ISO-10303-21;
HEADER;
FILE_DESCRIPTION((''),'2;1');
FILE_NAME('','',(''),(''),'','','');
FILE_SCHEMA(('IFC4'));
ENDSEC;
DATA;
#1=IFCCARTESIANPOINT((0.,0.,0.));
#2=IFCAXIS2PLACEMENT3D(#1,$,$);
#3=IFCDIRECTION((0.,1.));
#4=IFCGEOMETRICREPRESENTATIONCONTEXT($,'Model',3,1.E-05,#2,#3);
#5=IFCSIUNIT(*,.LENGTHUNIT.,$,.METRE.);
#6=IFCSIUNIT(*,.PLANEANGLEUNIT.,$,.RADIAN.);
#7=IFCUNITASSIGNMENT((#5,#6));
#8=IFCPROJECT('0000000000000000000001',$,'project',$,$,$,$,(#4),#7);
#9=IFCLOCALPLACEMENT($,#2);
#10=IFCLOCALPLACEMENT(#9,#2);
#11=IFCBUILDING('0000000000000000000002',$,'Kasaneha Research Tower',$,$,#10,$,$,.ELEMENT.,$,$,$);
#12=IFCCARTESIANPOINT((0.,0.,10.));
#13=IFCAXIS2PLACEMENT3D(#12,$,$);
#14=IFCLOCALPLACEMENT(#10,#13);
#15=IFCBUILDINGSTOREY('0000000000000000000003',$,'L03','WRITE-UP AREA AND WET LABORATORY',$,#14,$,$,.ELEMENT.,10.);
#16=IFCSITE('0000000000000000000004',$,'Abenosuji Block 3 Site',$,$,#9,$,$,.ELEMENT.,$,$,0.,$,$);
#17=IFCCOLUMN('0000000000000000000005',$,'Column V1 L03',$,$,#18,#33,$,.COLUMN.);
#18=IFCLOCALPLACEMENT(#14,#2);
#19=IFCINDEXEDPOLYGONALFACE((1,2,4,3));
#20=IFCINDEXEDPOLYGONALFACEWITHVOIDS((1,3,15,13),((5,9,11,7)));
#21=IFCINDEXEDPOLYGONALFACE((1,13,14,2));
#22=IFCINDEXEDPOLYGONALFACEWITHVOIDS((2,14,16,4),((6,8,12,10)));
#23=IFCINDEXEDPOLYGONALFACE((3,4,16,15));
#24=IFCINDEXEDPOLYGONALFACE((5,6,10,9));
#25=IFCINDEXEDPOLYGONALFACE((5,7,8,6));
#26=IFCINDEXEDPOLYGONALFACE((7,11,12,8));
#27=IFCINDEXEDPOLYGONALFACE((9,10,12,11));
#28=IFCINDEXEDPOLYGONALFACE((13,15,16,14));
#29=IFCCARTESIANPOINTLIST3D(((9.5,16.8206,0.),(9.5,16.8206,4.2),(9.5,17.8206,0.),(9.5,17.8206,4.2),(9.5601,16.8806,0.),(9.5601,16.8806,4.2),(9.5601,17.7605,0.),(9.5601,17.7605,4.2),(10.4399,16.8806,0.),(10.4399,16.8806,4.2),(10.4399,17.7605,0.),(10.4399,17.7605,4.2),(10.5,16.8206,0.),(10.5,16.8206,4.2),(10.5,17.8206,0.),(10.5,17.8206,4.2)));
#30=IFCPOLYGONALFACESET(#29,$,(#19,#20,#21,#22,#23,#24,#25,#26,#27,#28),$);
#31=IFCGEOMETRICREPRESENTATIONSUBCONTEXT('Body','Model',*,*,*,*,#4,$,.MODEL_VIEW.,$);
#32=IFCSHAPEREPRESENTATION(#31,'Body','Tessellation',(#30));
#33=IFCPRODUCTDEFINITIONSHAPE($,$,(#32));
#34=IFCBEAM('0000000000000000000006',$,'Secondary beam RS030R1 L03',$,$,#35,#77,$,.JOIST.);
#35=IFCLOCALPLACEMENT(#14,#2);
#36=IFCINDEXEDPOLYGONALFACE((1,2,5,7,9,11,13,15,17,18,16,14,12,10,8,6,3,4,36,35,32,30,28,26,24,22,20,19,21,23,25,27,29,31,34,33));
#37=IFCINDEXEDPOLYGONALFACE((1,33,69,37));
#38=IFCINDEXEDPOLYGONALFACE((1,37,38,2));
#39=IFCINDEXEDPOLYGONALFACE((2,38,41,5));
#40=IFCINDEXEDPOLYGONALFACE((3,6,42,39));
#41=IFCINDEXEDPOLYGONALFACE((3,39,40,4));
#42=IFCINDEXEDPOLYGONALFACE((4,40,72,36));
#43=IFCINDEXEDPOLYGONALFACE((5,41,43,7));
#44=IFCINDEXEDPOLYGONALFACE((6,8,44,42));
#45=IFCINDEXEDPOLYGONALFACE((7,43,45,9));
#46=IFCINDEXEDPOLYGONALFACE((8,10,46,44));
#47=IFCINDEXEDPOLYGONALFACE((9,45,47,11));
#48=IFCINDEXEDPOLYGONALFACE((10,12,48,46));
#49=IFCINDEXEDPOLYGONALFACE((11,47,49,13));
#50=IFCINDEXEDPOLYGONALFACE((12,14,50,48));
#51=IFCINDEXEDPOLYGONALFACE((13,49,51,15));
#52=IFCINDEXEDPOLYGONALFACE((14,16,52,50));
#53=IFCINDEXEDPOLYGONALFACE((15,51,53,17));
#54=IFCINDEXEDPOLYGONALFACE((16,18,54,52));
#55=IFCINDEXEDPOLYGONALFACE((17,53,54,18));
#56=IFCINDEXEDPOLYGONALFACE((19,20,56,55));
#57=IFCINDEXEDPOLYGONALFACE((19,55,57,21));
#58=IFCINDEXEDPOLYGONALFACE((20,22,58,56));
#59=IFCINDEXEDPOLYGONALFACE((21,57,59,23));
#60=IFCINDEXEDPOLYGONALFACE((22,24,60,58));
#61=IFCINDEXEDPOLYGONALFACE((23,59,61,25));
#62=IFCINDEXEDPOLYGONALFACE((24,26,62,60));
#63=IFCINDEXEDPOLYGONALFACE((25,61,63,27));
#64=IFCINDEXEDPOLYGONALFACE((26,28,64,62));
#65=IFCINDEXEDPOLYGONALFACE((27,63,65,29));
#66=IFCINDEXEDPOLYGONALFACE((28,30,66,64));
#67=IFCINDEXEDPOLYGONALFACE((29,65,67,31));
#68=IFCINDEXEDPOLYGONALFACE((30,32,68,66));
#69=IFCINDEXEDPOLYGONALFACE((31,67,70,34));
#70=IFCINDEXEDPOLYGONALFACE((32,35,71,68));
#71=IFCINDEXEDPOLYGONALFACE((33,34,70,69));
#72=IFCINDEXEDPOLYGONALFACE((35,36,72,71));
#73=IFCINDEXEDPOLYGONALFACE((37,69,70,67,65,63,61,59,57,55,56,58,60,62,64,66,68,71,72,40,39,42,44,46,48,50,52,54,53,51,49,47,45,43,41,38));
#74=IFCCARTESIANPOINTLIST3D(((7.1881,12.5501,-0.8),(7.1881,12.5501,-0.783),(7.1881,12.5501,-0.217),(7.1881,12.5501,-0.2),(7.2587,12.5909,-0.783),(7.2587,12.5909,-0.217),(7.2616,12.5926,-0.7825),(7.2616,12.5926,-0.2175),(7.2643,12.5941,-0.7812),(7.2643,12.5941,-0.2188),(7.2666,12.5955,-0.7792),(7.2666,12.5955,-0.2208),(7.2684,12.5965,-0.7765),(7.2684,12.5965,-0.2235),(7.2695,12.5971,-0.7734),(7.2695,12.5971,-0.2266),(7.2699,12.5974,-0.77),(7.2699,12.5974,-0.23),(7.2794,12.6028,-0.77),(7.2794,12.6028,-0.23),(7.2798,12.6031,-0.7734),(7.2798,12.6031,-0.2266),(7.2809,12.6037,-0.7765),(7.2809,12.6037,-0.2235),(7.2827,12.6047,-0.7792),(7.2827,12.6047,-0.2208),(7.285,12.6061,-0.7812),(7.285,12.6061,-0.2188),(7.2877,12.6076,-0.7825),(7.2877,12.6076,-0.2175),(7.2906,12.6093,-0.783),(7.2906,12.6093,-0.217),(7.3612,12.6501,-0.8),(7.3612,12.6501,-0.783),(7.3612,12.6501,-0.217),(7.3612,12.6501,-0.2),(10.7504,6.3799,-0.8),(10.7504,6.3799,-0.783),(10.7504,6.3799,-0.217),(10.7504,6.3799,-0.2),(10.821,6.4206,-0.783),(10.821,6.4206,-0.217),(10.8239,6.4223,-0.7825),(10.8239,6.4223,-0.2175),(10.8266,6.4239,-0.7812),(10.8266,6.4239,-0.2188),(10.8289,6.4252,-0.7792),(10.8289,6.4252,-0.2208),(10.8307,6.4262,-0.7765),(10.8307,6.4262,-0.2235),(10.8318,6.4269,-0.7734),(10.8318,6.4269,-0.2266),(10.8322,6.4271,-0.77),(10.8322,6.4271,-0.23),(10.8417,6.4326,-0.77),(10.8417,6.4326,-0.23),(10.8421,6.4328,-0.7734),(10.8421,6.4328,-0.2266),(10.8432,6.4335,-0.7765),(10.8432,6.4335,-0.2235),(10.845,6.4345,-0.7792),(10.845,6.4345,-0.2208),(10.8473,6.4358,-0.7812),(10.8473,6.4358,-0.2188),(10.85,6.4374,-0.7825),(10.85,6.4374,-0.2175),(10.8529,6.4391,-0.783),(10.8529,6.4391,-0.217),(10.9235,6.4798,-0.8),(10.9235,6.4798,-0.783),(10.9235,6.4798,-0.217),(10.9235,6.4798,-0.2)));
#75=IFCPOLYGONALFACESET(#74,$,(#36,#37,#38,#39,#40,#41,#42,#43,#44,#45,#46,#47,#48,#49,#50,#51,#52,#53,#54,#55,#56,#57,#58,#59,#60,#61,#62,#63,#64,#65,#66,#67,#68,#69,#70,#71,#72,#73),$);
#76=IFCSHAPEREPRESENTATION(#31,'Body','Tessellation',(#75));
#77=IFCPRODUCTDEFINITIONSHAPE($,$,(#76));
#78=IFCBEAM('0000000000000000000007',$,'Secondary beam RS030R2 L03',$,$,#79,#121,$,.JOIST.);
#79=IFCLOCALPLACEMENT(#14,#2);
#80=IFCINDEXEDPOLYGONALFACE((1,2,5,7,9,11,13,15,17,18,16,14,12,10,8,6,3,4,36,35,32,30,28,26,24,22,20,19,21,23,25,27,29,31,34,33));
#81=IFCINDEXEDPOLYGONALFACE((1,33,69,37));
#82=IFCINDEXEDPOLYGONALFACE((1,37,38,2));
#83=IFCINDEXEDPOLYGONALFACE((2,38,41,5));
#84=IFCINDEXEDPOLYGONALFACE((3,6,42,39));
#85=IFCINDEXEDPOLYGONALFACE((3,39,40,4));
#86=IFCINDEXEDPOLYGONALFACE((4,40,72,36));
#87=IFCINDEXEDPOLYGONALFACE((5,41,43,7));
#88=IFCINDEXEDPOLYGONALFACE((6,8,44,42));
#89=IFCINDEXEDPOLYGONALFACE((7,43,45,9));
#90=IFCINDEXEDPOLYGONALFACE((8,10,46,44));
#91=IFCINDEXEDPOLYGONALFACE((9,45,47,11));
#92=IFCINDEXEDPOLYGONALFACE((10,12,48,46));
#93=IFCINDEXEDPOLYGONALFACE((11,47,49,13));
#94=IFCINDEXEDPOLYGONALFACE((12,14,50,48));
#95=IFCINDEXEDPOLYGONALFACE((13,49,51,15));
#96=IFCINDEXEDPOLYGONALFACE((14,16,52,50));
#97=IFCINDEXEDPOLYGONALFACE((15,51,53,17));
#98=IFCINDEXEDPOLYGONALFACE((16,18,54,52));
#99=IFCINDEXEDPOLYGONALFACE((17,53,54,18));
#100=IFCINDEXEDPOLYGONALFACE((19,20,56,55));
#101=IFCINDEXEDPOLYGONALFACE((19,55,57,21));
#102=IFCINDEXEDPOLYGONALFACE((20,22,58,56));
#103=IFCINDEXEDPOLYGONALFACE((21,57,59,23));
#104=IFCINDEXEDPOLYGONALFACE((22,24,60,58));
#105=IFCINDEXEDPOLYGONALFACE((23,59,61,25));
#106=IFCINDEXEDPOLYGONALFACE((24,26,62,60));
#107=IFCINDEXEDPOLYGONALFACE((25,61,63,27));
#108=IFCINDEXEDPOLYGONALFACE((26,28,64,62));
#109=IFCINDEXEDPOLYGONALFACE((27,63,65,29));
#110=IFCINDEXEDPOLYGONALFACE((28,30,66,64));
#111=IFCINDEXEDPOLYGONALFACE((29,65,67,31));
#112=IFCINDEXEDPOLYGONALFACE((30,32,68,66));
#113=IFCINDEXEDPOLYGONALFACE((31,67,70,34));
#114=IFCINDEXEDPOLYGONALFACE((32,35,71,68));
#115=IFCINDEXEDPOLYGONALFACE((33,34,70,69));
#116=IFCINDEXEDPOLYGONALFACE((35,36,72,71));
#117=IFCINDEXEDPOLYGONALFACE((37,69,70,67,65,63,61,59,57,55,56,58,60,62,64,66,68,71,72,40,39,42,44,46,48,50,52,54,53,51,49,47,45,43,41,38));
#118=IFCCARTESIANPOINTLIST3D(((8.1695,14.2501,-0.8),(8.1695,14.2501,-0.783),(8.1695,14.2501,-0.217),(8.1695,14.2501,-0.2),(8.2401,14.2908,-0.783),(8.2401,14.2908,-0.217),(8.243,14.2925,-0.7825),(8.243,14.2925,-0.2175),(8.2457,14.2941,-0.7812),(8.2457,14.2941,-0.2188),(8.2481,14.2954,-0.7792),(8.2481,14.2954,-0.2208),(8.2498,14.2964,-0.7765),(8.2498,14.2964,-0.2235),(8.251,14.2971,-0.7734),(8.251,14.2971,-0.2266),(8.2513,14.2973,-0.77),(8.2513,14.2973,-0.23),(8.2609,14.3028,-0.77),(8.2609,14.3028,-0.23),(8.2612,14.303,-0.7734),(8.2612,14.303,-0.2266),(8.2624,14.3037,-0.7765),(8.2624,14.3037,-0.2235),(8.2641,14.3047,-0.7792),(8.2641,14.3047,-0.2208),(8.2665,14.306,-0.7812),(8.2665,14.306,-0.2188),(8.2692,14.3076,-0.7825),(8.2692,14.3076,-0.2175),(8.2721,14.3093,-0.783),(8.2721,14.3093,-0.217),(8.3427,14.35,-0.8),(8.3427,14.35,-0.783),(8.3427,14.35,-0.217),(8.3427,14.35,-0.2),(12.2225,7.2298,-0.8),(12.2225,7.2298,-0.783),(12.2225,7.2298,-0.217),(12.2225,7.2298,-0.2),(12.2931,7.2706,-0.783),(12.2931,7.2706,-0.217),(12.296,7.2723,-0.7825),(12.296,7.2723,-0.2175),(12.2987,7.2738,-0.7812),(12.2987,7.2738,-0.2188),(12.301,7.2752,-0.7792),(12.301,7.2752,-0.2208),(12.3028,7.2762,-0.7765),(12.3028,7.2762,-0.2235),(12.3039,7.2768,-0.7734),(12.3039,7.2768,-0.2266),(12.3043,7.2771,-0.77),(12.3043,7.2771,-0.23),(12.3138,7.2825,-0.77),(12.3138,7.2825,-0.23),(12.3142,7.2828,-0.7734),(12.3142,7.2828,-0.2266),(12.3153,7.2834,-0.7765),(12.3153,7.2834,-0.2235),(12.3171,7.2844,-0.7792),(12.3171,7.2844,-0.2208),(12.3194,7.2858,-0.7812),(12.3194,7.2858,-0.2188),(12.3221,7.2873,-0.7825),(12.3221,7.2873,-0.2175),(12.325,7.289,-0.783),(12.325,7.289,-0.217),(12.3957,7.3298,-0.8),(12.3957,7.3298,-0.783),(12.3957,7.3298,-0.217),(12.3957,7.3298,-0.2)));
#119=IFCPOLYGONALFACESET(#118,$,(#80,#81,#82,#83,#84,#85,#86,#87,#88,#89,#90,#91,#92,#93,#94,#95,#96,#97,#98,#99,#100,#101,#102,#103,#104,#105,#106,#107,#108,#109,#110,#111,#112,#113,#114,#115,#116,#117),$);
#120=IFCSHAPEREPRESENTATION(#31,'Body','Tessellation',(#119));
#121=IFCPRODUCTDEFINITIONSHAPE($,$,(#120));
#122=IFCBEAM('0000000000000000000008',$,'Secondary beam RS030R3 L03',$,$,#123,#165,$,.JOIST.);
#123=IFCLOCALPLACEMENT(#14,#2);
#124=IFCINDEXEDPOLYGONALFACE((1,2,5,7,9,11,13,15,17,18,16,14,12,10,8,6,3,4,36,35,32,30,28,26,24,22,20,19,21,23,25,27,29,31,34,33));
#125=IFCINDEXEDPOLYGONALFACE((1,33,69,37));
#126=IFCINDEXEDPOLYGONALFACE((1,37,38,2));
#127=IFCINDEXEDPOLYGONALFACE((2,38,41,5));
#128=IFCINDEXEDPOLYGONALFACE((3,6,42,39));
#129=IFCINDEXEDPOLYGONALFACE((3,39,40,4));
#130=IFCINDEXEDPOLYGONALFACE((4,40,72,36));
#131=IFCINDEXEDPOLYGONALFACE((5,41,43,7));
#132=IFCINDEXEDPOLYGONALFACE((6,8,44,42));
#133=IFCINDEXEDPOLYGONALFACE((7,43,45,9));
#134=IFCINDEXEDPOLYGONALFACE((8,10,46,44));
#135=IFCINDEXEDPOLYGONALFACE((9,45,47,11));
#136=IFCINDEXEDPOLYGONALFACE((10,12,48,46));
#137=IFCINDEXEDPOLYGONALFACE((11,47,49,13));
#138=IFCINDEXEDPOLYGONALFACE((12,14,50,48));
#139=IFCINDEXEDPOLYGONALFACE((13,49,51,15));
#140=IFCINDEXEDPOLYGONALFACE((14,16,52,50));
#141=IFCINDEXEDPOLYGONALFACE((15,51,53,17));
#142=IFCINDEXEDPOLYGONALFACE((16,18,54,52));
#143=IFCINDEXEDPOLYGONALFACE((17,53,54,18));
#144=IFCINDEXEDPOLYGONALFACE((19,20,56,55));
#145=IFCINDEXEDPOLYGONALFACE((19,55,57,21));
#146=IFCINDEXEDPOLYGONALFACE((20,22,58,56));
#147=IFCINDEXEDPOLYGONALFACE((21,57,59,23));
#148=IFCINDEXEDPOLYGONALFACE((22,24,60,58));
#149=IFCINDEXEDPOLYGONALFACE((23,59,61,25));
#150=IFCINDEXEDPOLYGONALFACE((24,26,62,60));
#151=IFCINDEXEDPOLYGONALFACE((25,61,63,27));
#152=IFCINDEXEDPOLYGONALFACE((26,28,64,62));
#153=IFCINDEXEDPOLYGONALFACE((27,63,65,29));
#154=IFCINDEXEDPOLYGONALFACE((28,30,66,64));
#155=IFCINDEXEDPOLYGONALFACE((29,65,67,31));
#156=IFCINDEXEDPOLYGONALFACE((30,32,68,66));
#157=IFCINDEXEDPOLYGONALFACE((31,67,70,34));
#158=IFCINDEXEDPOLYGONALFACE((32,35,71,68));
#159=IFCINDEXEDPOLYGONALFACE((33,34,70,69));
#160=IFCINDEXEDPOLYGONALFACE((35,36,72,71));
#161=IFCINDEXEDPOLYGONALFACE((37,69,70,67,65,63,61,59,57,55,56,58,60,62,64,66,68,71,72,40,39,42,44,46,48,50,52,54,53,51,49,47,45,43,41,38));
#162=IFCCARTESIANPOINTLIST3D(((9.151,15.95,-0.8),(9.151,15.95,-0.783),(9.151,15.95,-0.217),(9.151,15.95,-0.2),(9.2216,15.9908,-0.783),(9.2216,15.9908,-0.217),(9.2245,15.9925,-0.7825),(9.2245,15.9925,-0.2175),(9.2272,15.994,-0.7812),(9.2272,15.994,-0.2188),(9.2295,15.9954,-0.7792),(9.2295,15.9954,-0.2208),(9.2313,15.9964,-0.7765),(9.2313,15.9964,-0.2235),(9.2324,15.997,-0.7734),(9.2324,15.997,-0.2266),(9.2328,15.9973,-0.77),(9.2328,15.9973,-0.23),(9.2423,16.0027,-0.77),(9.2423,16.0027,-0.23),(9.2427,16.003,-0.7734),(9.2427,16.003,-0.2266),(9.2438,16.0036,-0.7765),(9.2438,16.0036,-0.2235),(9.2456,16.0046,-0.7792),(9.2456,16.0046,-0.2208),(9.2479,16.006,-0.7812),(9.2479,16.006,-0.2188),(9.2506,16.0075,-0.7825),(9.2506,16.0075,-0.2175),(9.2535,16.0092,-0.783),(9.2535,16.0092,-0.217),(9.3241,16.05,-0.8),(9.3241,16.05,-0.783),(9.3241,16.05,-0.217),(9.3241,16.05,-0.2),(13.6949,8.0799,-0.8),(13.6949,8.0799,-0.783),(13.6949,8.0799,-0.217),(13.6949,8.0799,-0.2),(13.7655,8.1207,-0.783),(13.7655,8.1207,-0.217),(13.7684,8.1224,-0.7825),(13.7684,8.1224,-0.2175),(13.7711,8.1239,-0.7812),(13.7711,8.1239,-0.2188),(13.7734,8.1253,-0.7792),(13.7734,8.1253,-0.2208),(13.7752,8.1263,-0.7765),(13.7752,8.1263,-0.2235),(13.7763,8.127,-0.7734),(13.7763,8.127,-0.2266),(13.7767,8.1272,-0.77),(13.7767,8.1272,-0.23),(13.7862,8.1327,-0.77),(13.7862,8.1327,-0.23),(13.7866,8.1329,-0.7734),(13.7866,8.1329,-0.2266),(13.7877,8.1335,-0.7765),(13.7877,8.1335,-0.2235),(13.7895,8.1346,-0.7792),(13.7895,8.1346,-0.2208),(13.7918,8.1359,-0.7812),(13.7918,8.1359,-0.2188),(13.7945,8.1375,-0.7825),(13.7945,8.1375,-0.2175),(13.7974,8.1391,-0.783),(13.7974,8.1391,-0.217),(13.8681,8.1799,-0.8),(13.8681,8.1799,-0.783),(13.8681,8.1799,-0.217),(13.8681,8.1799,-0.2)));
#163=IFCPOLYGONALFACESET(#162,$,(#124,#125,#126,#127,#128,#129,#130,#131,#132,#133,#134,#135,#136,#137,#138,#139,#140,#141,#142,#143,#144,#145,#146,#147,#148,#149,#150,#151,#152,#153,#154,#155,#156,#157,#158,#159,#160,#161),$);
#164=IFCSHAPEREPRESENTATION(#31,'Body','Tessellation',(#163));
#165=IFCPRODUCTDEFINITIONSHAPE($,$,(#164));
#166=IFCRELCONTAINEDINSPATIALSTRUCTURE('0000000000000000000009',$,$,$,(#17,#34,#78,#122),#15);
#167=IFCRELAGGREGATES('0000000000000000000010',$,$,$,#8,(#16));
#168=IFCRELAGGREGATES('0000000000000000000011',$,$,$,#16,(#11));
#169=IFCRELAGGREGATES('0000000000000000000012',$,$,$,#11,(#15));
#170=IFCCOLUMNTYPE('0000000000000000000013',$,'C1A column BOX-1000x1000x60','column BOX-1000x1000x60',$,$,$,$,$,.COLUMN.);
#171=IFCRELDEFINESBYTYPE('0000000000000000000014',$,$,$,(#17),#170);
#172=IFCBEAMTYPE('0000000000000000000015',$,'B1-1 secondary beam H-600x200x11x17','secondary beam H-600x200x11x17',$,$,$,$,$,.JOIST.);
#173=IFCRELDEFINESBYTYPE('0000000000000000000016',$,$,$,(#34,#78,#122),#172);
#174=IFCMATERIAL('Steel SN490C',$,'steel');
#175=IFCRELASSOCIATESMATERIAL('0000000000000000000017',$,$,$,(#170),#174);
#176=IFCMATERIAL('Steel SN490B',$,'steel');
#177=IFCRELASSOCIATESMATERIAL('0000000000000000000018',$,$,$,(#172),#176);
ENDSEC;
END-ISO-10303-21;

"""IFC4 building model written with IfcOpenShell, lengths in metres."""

from ifc_helpers import new_model, si_unit, direction, frame, origin, origin_2d, place, context, subcontext, project, spatial, hollow_rectangle, i_section, extrude, material, material_profile, profile_set, type_object, element, save


model = new_model("IFC4")

# Units and contexts
model_context = context("Model", 3, precision=1e-05, world=origin(), true_north=direction((0.0, 1.0)))
body_context = subcontext(model_context, "Body", "Model", "MODEL_VIEW")
ifc_project = project(units=[si_unit("LENGTHUNIT", "METRE"), si_unit("PLANEANGLEUNIT", "RADIAN")], contexts=[model_context])

# Site, building, storey
site_placement = place(None, origin())
site = spatial("IfcSite", under=ifc_project, at=site_placement, Name="Abenosuji Block 3 Site", CompositionType="ELEMENT", RefElevation=0.0)
building_placement = place(site_placement, origin())
building = spatial("IfcBuilding", under=site, at=building_placement, Name="Kasaneha Research Tower", CompositionType="ELEMENT")
storey_placement = place(building_placement, frame((0.0, 0.0, 10.0)))
storey = spatial("IfcBuildingStorey", under=building, at=storey_placement, Name="L03", Description="WRITE-UP AREA AND WET LABORATORY", CompositionType="ELEMENT", Elevation=10.0)

# Column
ifc_material_1 = material(Name="Steel SN490C", Category="steel")
ifc_material_profile_1 = material_profile(ifc_material_1, hollow_rectangle(XDim=1.0, YDim=1.0, WallThickness=0.0601, at=origin_2d()), Name="BOX-1000x1000x60")
ifc_profile_set_1 = profile_set([ifc_material_profile_1], Name="Steel SN490C")
column_type = type_object("IfcColumnType", Name="C1A column BOX-1000x1000x60", Description="column BOX-1000x1000x60", PredefinedType="COLUMN", material=ifc_profile_set_1)
column_placement = place(storey_placement, frame((10.0, 17.3206, 0.0), z_axis=(0.0, 0.0, 1.0), x_axis=(1.0, 0.0, 0.0)))
element("IfcColumn", 1, at=column_placement, inside=storey, type_object=column_type, Name="Column V1 L03", PredefinedType="COLUMN", context=body_context, shape_type="SweptSolid", body=[
    extrude(hollow_rectangle(XDim=1.0, YDim=1.0, WallThickness=0.0601, at=origin_2d()), origin(), (0.0, 0.0, 1.0), 4.2),
])

# Beams
ifc_material_2 = material(Name="Steel SN490B", Category="steel")
ifc_material_profile_2 = material_profile(ifc_material_2, i_section(OverallWidth=0.2, OverallDepth=0.6001, WebThickness=0.011, FlangeThickness=0.0171, FilletRadius=0.0129, at=origin_2d()), Name="H-600x200x11x17")
ifc_profile_set_2 = profile_set([ifc_material_profile_2], Name="Steel SN490B")
beam_type_1 = type_object("IfcBeamType", Name="B1-1 secondary beam H-600x200x11x17", Description="secondary beam H-600x200x11x17", PredefinedType="JOIST", material=ifc_profile_set_2)
beam_1_placement = place(storey_placement, frame((7.2747, 12.6001, -0.5), z_axis=(0.49999, -0.866031, 0.0), x_axis=(0.866031, 0.49999, 0.0)))
element("IfcBeam", 2, at=beam_1_placement, inside=storey, type_object=beam_type_1, Name="Secondary beam RS030R1 L03", PredefinedType="JOIST", context=body_context, shape_type="SweptSolid", body=[
    extrude(i_section(OverallWidth=0.2, OverallDepth=0.6001, WebThickness=0.011, FlangeThickness=0.0171, FilletRadius=0.0129, at=origin_2d()), origin(), (0.0, 0.0, 1.0), 7.1248),
])
beam_2_placement = place(storey_placement, frame((8.2561, 14.3, -0.5), z_axis=(0.499984, -0.866035, 0.0), x_axis=(0.866035, 0.499984, 0.0)))
element("IfcBeam", 3, at=beam_2_placement, inside=storey, type_object=beam_type_1, Name="Secondary beam RS030R2 L03", PredefinedType="JOIST", context=body_context, shape_type="SweptSolid", body=[
    extrude(i_section(OverallWidth=0.2, OverallDepth=0.6001, WebThickness=0.011, FlangeThickness=0.0171, FilletRadius=0.0129, at=origin_2d()), origin(), (0.0, 0.0, 1.0), 8.1062),
])
beam_3_placement = place(storey_placement, frame((9.2375, 16.0, -0.5), z_axis=(0.500011, -0.866019, 0.0), x_axis=(0.866019, 0.500011, 0.0)))
element("IfcBeam", 4, at=beam_3_placement, inside=storey, type_object=beam_type_1, Name="Secondary beam RS030R3 L03", PredefinedType="JOIST", context=body_context, shape_type="SweptSolid", body=[
    extrude(i_section(OverallWidth=0.2, OverallDepth=0.6001, WebThickness=0.011, FlangeThickness=0.0171, FilletRadius=0.0129, at=origin_2d()), origin(), (0.0, 0.0, 1.0), 9.0876),
])

save(model, "model.ifc")
